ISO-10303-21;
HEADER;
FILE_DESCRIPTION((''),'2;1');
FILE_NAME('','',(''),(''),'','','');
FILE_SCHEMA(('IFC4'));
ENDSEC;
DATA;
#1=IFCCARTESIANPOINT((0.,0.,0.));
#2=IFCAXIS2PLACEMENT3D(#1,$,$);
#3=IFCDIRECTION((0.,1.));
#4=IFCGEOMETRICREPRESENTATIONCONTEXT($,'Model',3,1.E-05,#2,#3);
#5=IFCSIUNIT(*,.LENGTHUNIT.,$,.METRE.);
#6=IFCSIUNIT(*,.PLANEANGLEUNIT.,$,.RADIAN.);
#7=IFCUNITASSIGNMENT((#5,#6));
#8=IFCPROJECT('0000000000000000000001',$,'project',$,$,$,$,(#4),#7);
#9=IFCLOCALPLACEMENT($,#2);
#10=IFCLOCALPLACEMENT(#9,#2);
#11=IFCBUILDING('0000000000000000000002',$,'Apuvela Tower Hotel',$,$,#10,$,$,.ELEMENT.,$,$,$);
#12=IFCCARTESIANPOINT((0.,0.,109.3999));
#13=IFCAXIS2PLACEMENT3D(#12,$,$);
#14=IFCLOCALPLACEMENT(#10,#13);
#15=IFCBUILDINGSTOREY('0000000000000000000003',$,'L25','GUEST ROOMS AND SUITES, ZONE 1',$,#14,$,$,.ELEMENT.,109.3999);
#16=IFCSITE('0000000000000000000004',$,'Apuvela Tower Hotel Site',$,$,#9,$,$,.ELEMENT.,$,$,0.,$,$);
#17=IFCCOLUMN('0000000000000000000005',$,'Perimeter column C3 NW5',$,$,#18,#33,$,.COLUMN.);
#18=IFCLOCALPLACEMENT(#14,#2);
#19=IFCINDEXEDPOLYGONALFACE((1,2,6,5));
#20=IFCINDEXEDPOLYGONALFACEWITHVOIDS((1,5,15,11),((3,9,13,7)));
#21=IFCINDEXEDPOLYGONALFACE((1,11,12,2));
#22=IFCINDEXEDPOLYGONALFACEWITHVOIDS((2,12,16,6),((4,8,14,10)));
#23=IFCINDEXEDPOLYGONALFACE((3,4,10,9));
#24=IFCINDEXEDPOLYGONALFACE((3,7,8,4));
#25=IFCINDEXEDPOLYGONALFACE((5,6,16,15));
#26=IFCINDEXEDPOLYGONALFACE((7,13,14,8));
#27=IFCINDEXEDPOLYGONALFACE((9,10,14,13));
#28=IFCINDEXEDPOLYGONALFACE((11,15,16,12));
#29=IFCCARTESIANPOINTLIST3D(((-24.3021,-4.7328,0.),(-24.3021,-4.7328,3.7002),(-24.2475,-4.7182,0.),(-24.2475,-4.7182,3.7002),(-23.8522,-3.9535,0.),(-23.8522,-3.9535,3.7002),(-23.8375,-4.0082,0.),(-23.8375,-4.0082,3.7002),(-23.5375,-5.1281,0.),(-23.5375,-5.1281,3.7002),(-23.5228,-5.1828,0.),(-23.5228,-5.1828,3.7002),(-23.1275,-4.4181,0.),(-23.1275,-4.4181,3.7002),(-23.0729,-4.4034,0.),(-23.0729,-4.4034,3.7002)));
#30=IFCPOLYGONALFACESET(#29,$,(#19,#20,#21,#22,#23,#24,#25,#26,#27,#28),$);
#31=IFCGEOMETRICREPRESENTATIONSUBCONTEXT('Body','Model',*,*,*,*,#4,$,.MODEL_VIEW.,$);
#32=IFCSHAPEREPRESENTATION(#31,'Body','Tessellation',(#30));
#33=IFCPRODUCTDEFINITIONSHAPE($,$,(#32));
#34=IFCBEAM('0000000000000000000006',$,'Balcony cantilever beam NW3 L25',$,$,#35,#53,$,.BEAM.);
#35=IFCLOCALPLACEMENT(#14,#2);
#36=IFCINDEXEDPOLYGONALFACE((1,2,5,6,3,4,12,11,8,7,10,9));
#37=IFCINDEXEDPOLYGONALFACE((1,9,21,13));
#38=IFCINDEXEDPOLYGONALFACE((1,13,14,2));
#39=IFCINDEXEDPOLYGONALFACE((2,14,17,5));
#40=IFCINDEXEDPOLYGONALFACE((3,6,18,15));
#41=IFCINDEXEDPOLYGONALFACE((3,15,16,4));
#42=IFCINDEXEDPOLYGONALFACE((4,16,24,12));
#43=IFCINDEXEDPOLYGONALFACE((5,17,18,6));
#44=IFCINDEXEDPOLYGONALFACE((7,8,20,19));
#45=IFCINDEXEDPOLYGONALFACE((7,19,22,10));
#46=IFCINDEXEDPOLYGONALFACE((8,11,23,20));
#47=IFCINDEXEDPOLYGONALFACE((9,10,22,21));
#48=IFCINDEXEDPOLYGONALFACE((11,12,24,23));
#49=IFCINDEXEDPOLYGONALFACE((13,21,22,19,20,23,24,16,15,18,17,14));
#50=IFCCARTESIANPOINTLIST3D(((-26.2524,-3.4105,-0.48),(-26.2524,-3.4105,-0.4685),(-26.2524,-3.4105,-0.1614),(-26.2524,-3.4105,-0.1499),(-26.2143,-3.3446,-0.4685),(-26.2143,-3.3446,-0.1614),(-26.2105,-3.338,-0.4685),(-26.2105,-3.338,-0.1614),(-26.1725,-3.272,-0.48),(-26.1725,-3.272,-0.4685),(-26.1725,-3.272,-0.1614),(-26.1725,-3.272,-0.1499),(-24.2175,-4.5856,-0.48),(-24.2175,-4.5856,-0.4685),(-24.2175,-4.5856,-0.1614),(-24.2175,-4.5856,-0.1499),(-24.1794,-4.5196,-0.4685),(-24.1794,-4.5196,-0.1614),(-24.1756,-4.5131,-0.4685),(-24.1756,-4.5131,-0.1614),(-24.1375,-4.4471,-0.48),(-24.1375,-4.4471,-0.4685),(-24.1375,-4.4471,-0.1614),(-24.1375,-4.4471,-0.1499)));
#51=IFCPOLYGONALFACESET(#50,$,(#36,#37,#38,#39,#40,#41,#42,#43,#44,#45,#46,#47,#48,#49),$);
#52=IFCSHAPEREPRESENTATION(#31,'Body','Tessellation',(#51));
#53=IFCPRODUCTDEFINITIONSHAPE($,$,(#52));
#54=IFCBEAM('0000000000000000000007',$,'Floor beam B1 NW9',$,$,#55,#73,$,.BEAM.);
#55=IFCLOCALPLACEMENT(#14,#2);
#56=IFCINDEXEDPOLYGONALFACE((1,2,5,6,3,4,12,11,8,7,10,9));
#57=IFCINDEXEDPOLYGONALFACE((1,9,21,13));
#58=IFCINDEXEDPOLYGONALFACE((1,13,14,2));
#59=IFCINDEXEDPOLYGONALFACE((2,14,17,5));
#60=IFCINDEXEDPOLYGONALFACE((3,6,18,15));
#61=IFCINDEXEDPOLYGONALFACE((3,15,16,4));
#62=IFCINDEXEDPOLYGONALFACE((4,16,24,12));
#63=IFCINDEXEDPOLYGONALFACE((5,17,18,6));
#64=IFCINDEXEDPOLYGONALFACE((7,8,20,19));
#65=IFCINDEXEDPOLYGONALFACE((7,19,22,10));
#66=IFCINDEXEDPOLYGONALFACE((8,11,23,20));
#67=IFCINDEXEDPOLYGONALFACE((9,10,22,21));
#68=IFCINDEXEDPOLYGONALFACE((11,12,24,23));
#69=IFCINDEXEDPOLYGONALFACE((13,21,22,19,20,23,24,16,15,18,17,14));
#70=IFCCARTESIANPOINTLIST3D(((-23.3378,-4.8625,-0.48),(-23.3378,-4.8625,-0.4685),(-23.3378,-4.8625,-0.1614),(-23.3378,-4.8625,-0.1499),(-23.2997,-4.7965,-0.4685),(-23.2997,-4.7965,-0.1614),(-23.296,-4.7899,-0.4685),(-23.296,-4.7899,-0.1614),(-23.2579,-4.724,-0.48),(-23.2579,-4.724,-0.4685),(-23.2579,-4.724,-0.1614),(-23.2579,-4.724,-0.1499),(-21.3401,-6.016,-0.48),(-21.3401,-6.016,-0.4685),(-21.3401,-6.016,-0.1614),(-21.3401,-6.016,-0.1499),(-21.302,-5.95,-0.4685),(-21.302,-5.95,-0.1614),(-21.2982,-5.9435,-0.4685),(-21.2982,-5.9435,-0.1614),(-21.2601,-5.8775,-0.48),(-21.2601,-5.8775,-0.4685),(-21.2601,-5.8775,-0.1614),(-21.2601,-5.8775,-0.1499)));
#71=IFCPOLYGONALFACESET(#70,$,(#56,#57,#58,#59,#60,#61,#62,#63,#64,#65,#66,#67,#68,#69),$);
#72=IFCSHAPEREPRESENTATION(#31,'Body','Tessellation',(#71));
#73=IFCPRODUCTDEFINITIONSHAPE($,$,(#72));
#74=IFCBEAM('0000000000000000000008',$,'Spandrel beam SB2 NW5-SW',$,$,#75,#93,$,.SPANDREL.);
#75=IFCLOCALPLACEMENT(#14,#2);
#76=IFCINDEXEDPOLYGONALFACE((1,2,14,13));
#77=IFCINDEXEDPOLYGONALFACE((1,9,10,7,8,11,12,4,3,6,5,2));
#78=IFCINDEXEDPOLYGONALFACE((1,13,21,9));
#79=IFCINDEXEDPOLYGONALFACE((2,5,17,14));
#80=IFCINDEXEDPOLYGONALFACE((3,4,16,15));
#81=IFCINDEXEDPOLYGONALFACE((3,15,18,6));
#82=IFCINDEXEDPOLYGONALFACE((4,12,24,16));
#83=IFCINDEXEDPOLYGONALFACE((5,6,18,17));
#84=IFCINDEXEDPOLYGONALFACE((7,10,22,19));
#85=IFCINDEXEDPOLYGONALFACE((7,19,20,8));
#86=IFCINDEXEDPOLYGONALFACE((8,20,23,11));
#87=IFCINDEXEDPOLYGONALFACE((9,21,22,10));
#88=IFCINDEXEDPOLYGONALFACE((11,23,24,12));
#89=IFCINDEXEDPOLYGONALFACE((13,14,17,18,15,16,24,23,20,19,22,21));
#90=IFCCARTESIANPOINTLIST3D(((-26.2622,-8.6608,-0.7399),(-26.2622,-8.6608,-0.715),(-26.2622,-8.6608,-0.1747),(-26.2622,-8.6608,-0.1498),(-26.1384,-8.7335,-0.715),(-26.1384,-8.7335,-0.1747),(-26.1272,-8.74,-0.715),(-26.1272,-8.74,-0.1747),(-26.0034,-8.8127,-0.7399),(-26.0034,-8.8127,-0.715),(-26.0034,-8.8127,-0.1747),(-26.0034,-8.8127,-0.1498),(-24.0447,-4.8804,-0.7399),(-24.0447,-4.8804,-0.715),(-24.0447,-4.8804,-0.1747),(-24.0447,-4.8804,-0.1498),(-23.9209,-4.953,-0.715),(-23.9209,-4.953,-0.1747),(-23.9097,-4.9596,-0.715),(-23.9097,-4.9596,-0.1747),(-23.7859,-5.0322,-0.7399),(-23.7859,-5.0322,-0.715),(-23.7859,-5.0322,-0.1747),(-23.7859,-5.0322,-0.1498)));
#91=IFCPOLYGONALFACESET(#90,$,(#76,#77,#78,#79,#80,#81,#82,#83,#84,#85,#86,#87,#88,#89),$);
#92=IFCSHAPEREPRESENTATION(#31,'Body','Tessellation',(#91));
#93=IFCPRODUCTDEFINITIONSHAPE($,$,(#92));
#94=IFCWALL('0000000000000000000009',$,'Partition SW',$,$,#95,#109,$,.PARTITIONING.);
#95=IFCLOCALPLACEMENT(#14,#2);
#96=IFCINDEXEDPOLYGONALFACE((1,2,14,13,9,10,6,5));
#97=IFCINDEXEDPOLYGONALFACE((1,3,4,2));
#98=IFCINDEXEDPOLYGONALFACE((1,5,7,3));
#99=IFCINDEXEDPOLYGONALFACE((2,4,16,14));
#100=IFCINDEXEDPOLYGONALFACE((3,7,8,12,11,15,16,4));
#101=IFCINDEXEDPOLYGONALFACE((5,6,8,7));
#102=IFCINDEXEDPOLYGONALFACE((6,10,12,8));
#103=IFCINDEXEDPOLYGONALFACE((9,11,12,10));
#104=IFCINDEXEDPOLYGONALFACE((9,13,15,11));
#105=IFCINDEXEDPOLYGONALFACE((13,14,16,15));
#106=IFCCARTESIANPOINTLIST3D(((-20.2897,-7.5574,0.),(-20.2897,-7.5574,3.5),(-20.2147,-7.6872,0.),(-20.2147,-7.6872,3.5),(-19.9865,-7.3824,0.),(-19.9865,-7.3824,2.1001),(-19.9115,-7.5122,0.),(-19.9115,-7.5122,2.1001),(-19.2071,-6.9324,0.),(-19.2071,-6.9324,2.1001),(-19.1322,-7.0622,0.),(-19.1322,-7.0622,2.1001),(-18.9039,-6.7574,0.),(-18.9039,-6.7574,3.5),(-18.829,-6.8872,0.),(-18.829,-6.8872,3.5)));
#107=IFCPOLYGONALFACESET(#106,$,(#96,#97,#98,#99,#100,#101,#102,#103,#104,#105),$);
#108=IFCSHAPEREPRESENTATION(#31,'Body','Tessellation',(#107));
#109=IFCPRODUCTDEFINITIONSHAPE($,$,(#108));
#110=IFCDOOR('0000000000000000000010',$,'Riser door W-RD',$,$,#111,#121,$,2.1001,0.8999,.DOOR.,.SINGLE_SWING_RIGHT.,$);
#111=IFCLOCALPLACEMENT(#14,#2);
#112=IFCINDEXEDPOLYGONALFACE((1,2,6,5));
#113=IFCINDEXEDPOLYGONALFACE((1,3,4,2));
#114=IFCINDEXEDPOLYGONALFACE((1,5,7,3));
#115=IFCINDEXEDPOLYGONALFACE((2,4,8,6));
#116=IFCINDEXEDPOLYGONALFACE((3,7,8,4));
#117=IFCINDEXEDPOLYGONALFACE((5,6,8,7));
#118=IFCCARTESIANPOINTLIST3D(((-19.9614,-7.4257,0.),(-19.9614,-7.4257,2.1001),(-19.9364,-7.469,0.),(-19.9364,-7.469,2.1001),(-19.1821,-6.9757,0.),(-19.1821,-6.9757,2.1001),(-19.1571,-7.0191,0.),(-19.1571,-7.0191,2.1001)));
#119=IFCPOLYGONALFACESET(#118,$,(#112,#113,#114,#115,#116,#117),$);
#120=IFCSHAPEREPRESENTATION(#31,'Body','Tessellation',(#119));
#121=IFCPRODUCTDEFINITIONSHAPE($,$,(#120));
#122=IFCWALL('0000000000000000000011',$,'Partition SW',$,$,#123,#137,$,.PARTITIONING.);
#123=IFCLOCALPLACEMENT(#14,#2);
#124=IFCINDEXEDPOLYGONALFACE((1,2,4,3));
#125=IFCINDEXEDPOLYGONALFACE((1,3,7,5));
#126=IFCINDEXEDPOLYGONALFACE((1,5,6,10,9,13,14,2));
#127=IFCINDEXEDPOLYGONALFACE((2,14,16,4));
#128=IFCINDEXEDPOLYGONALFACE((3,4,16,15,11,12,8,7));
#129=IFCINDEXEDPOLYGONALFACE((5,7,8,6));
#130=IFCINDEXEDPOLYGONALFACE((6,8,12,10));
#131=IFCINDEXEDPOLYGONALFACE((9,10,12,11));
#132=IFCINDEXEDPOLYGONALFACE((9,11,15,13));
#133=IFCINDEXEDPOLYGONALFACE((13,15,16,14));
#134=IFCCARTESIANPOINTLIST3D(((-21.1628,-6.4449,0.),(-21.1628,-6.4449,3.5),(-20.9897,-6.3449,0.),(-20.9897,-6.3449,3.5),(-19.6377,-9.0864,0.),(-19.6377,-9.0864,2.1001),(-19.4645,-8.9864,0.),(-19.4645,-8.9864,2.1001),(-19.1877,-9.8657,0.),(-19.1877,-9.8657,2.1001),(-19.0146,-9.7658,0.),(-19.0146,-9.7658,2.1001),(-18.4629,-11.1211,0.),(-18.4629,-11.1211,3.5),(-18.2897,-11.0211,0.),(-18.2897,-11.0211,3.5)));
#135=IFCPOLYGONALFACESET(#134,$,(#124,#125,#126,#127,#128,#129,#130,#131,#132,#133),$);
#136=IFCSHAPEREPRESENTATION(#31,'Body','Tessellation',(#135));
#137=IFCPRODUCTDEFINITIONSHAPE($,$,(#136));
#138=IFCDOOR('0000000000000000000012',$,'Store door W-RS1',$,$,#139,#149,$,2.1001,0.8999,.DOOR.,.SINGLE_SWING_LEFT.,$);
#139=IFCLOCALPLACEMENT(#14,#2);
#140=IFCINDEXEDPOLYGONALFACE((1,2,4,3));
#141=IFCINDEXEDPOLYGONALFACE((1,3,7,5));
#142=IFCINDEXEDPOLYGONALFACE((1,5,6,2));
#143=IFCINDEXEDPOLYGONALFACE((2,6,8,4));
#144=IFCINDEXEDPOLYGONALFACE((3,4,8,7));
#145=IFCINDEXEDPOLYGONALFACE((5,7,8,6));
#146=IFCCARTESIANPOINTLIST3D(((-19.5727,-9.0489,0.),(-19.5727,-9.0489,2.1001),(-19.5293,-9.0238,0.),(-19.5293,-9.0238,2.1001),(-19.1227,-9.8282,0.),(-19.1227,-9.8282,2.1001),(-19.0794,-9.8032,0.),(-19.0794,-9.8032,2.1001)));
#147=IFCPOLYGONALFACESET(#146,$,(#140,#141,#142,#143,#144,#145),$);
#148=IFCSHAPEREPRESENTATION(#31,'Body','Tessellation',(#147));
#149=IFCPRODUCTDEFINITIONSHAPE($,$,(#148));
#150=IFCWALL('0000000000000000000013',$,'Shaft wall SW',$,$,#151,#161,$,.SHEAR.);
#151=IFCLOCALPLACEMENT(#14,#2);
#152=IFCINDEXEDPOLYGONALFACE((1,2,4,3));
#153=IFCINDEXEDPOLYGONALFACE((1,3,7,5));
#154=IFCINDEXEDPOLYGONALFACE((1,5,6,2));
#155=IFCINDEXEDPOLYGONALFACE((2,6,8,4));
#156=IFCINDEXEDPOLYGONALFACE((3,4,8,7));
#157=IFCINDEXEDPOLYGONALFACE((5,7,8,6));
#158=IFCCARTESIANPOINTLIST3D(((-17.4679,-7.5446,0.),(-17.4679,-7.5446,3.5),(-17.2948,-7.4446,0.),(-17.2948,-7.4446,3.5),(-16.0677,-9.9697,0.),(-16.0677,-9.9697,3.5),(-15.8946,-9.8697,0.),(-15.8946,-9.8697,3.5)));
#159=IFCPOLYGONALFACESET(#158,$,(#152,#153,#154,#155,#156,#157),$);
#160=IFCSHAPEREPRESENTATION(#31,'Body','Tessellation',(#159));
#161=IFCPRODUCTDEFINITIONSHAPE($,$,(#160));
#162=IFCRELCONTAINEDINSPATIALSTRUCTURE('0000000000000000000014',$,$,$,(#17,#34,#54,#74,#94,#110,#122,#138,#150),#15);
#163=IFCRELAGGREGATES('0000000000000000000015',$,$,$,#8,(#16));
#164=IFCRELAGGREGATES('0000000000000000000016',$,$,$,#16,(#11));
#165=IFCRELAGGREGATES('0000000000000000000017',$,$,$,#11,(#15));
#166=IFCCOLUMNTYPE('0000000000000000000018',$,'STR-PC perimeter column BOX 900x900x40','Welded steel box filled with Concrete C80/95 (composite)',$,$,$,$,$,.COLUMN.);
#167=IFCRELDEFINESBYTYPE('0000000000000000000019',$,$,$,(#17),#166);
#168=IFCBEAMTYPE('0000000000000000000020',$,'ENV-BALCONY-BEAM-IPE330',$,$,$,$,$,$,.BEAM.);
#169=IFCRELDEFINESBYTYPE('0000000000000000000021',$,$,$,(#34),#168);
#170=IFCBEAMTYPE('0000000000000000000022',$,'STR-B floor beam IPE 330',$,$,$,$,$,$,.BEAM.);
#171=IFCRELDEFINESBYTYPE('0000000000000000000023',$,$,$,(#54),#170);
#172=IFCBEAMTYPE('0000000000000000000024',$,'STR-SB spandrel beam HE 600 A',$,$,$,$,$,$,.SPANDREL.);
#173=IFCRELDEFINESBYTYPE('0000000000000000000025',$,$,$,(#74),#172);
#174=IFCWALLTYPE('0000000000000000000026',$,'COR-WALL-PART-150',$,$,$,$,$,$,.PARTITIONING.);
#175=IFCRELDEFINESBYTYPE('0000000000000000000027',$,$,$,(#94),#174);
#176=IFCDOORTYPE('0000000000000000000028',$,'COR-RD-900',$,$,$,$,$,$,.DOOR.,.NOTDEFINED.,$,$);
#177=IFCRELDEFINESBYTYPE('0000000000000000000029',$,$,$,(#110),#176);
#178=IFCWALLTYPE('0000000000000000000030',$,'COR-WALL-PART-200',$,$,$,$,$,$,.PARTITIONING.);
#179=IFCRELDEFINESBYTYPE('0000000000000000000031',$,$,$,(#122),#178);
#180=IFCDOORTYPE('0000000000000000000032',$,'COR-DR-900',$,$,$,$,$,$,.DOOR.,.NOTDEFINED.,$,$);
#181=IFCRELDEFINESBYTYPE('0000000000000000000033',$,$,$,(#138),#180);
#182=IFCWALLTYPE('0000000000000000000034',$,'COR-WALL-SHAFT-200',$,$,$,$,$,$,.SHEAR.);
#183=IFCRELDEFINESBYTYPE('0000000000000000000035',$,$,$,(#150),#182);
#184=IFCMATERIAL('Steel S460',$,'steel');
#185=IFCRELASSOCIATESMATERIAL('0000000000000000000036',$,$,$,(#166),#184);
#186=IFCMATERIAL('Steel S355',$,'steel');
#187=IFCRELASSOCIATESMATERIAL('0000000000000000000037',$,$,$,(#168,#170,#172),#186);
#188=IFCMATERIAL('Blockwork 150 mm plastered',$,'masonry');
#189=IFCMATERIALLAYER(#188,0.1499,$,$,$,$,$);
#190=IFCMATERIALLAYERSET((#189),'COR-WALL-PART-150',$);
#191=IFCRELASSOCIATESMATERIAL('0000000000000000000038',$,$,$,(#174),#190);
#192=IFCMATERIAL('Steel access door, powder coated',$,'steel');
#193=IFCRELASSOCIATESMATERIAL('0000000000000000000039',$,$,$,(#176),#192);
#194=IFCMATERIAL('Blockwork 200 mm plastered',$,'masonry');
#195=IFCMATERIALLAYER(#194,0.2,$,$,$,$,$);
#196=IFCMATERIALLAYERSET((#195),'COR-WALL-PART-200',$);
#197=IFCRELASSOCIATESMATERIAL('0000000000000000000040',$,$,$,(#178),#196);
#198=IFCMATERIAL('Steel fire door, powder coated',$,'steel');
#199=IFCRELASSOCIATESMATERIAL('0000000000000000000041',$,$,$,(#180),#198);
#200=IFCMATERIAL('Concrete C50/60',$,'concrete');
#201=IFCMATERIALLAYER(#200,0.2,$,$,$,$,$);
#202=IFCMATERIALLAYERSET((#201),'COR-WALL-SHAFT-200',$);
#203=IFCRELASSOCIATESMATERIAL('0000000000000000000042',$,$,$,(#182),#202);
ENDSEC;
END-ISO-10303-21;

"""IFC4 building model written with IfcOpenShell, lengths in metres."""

from ifc_helpers import new_model, si_unit, direction, frame, frame_2d, origin, origin_2d, place, context, subcontext, project, spatial, rectangle, hollow_rectangle, i_section, extrude, material, layer, layer_set, material_profile, profile_set, type_object, element, fill, save


model = new_model("IFC4")

# Units and contexts
model_context = context("Model", 3, precision=1e-05, world=origin(), true_north=direction((0.0, 1.0)))
body_context = subcontext(model_context, "Body", "Model", "MODEL_VIEW")
ifc_project = project(units=[si_unit("LENGTHUNIT", "METRE"), si_unit("PLANEANGLEUNIT", "RADIAN")], contexts=[model_context])

# Site, building, storey
site_placement = place(None, origin())
site = spatial("IfcSite", under=ifc_project, at=site_placement, Name="Apuvela Tower Hotel Site", CompositionType="ELEMENT", RefElevation=0.0)
building_placement = place(site_placement, origin())
building = spatial("IfcBuilding", under=site, at=building_placement, Name="Apuvela Tower Hotel", CompositionType="ELEMENT")
storey_placement = place(building_placement, frame((0.0, 0.0, 109.3999)))
storey = spatial("IfcBuildingStorey", under=building, at=storey_placement, Name="L25", Description="GUEST ROOMS AND SUITES, ZONE 1", CompositionType="ELEMENT", Elevation=109.3999)

# Column
ifc_material_1 = material(Name="Steel S460", Category="steel")
ifc_material_profile_1 = material_profile(ifc_material_1, hollow_rectangle(XDim=0.8999, YDim=0.8999, WallThickness=0.04, at=origin_2d()), Name="BOX 900x900x40")
ifc_material_2 = material(Name="Concrete C80/95", Category="concrete")
ifc_material_profile_2 = material_profile(ifc_material_2, rectangle(XDim=0.8201, YDim=0.8201, at=origin_2d()), Name="Concrete C80/95 infill")
ifc_profile_set_1 = profile_set([ifc_material_profile_1, ifc_material_profile_2], Name="Steel S460")
column_type = type_object("IfcColumnType", Name="STR-PC perimeter column BOX 900x900x40", Description="Welded steel box filled with Concrete C80/95 (composite)", PredefinedType="COLUMN", material=ifc_profile_set_1)
column_placement = place(storey_placement, frame((-23.6875, -4.5681, 0.0), z_axis=(0.0, 0.0, 1.0), x_axis=(0.5, 0.866025, 0.0)))
element("IfcColumn", 1, at=column_placement, inside=storey, type_object=column_type, Name="Perimeter column C3 NW5", PredefinedType="COLUMN", context=body_context, shape_type="SweptSolid", body=[
    extrude(hollow_rectangle(XDim=0.8999, YDim=0.8999, WallThickness=0.04, at=origin_2d()), origin(), (0.0, 0.0, 1.0), 3.7002),
])

# Beams
ifc_material_3 = material(Name="Steel S355", Category="steel")
ifc_material_profile_3 = material_profile(ifc_material_3, i_section(OverallWidth=0.1599, OverallDepth=0.3301, WebThickness=0.0076, FlangeThickness=0.0115, at=origin_2d()), Name="IPE 330")
ifc_profile_set_2 = profile_set([ifc_material_profile_3], Name="Steel S355")
beam_type_1 = type_object("IfcBeamType", Name="ENV-BALCONY-BEAM-IPE330", PredefinedType="BEAM", material=ifc_profile_set_2)
beam_1_placement = place(storey_placement, frame((-24.1775, -4.5164, -0.3149), z_axis=(-0.86599, 0.500061, 0.0), x_axis=(-0.500061, -0.86599, 0.0)))
element("IfcBeam", 2, at=beam_1_placement, inside=storey, type_object=beam_type_1, Name="Balcony cantilever beam NW3 L25", PredefinedType="BEAM", context=body_context, shape_type="SweptSolid", body=[
    extrude(i_section(OverallWidth=0.1599, OverallDepth=0.3301, WebThickness=0.0076, FlangeThickness=0.0115, at=origin_2d()), origin(), (0.0, 0.0, 1.0), 2.3499),
])
ifc_material_profile_4 = material_profile(ifc_material_3, i_section(OverallWidth=0.1599, OverallDepth=0.3301, WebThickness=0.0076, FlangeThickness=0.0115, at=origin_2d()), Name="IPE 330")
ifc_profile_set_3 = profile_set([ifc_material_profile_4], Name="Steel S355")
beam_type_2 = type_object("IfcBeamType", Name="STR-B floor beam IPE 330", PredefinedType="BEAM", material=ifc_profile_set_3)
beam_2_placement = place(storey_placement, frame((-23.2979, -4.7932, -0.3149), z_axis=(0.866001, -0.500043, 0.0), x_axis=(0.500043, 0.866001, 0.0)))
element("IfcBeam", 3, at=beam_2_placement, inside=storey, type_object=beam_type_2, Name="Floor beam B1 NW9", PredefinedType="BEAM", context=body_context, shape_type="SweptSolid", body=[
    extrude(i_section(OverallWidth=0.1599, OverallDepth=0.3301, WebThickness=0.0076, FlangeThickness=0.0115, at=origin_2d()), origin(), (0.0, 0.0, 1.0), 2.3069),
])
ifc_material_profile_5 = material_profile(ifc_material_3, i_section(OverallWidth=0.3, OverallDepth=0.5901, WebThickness=0.0129, FlangeThickness=0.0249, at=origin_2d()), Name="HE 600 A")
ifc_profile_set_4 = profile_set([ifc_material_profile_5], Name="Steel S355")
beam_type_3 = type_object("IfcBeamType", Name="STR-SB spandrel beam HE 600 A", PredefinedType="SPANDREL", material=ifc_profile_set_4)
beam_3_placement = place(storey_placement, frame((-23.9153, -4.9563, -0.4448), z_axis=(-0.505951, -0.862562, 0.0), x_axis=(0.862562, -0.505951, 0.0)))
element("IfcBeam", 4, at=beam_3_placement, inside=storey, type_object=beam_type_3, Name="Spandrel beam SB2 NW5-SW", PredefinedType="SPANDREL", context=body_context, shape_type="SweptSolid", body=[
    extrude(i_section(OverallWidth=0.3, OverallDepth=0.5901, WebThickness=0.0129, FlangeThickness=0.0249, at=origin_2d()), origin(), (0.0, 0.0, 1.0), 4.3828),
])

# Walls, openings, doors
ifc_material_4 = material(Name="Blockwork 150 mm plastered", Category="masonry")
ifc_layer_1 = layer(ifc_material_4, 0.1499)
ifc_layer_set_1 = layer_set([ifc_layer_1], Name="COR-WALL-PART-150")
wall_type_1 = type_object("IfcWallType", Name="COR-WALL-PART-150", PredefinedType="PARTITIONING", material=ifc_layer_set_1)
wall_1_placement = place(storey_placement, frame((-18.8665, -6.8223, 0.0), z_axis=(0.0, 0.0, 1.0), x_axis=(-0.866028, -0.499995, 0.0)))
wall_1 = element("IfcWall", 5, at=wall_1_placement, inside=storey, type_object=wall_type_1, Name="Partition SW", PredefinedType="PARTITIONING", context=body_context, shape_type="SweptSolid", body=[
    extrude(rectangle(XDim=1.6001, YDim=0.1499, at=frame_2d((0.8, 0.0))), origin(), (0.0, 0.0, 1.0), 3.5),
])
opening_1_placement = place(wall_1_placement, frame((0.3501, 0.0, 0.0)))
opening_1 = element("IfcOpeningElement", 6, at=opening_1_placement, cuts=wall_1, PredefinedType="OPENING", context=body_context, shape_type="SweptSolid", body=[
    extrude(rectangle(XDim=0.8999, YDim=2.1001, at=frame_2d((0.45, 1.05))), frame((0.0, 0.085, 0.0), z_axis=(0.0, -1.0, 0.0), x_axis=(1.0, 0.0, 0.0)), (0.0, 0.0, 1.0), 0.1699),
])
ifc_material_5 = material(Name="Steel access door, powder coated", Category="steel")
door_type_1 = type_object("IfcDoorType", Name="COR-RD-900", OperationType="NOTDEFINED", PredefinedType="DOOR", material=ifc_material_5)
door_1_placement = place(opening_1_placement, frame((0.8999, 0.0, 0.0), z_axis=(0.0, 0.0, 1.0), x_axis=(-1.0, 0.0, 0.0)))
door_1 = element("IfcDoor", 7, at=door_1_placement, inside=storey, type_object=door_type_1, Name="Riser door W-RD", OperationType="SINGLE_SWING_RIGHT", OverallHeight=2.1001, OverallWidth=0.8999, PredefinedType="DOOR", context=body_context, shape_type="SweptSolid", body=[
    extrude(rectangle(XDim=0.8999, YDim=2.1001, at=frame_2d((0.45, 1.05))), frame((0.0, 0.0249, 0.0), z_axis=(0.0, -1.0, 0.0), x_axis=(1.0, 0.0, 0.0)), (0.0, 0.0, 1.0), 0.05),
])
fill(opening_1, door_1)
ifc_material_6 = material(Name="Blockwork 200 mm plastered", Category="masonry")
ifc_layer_2 = layer(ifc_material_6, 0.2)
ifc_layer_set_2 = layer_set([ifc_layer_2], Name="COR-WALL-PART-200")
wall_type_2 = type_object("IfcWallType", Name="COR-WALL-PART-200", PredefinedType="PARTITIONING", material=ifc_layer_set_2)
wall_2_placement = place(storey_placement, frame((-21.0762, -6.395, 0.0), z_axis=(0.0, 0.0, 1.0), x_axis=(0.500015, -0.866017, 0.0)))
wall_2 = element("IfcWall", 8, at=wall_2_placement, inside=storey, type_object=wall_type_2, Name="Partition SW", PredefinedType="PARTITIONING", context=body_context, shape_type="SweptSolid", body=[
    extrude(rectangle(XDim=5.3997, YDim=0.2, at=frame_2d((2.6997, 0.0))), origin(), (0.0, 0.0, 1.0), 3.5),
])
opening_2_placement = place(wall_2_placement, frame((3.05, 0.0, 0.0)))
opening_2 = element("IfcOpeningElement", 9, at=opening_2_placement, cuts=wall_2, PredefinedType="OPENING", context=body_context, shape_type="SweptSolid", body=[
    extrude(rectangle(XDim=0.8999, YDim=2.1001, at=frame_2d((0.45, 1.05))), frame((0.0, 0.1099, 0.0), z_axis=(0.0, -1.0, 0.0), x_axis=(1.0, 0.0, 0.0)), (0.0, 0.0, 1.0), 0.22),
])
ifc_material_7 = material(Name="Steel fire door, powder coated", Category="steel")
door_type_2 = type_object("IfcDoorType", Name="COR-DR-900", OperationType="NOTDEFINED", PredefinedType="DOOR", material=ifc_material_7)
door_2_placement = place(opening_2_placement, frame((0.8999, 0.0, 0.0), z_axis=(0.0, 0.0, 1.0), x_axis=(-1.0, 0.0, 0.0)))
door_2 = element("IfcDoor", 10, at=door_2_placement, inside=storey, type_object=door_type_2, Name="Store door W-RS1", OperationType="SINGLE_SWING_LEFT", OverallHeight=2.1001, OverallWidth=0.8999, PredefinedType="DOOR", context=body_context, shape_type="SweptSolid", body=[
    extrude(rectangle(XDim=0.8999, YDim=2.1001, at=frame_2d((0.45, 1.05))), frame((0.0, 0.0249, 0.0), z_axis=(0.0, -1.0, 0.0), x_axis=(1.0, 0.0, 0.0)), (0.0, 0.0, 1.0), 0.05),
])
fill(opening_2, door_2)

# Wall
ifc_material_8 = material(Name="Concrete C50/60", Category="concrete")
ifc_layer_3 = layer(ifc_material_8, 0.2)
ifc_layer_set_3 = layer_set([ifc_layer_3], Name="COR-WALL-SHAFT-200")
wall_type_3 = type_object("IfcWallType", Name="COR-WALL-SHAFT-200", PredefinedType="SHEAR", material=ifc_layer_set_3)
wall_3_placement = place(storey_placement, frame((-17.3813, -7.4946, 0.0), z_axis=(0.0, 0.0, 1.0), x_axis=(0.500012, -0.866019, 0.0)))
element("IfcWall", 11, at=wall_3_placement, inside=storey, type_object=wall_type_3, Name="Shaft wall SW", PredefinedType="SHEAR", context=body_context, shape_type="SweptSolid", body=[
    extrude(rectangle(XDim=2.8003, YDim=0.2, at=frame_2d((1.4001, 0.0))), origin(), (0.0, 0.0, 1.0), 3.5),
])

save(model, "model.ifc")
